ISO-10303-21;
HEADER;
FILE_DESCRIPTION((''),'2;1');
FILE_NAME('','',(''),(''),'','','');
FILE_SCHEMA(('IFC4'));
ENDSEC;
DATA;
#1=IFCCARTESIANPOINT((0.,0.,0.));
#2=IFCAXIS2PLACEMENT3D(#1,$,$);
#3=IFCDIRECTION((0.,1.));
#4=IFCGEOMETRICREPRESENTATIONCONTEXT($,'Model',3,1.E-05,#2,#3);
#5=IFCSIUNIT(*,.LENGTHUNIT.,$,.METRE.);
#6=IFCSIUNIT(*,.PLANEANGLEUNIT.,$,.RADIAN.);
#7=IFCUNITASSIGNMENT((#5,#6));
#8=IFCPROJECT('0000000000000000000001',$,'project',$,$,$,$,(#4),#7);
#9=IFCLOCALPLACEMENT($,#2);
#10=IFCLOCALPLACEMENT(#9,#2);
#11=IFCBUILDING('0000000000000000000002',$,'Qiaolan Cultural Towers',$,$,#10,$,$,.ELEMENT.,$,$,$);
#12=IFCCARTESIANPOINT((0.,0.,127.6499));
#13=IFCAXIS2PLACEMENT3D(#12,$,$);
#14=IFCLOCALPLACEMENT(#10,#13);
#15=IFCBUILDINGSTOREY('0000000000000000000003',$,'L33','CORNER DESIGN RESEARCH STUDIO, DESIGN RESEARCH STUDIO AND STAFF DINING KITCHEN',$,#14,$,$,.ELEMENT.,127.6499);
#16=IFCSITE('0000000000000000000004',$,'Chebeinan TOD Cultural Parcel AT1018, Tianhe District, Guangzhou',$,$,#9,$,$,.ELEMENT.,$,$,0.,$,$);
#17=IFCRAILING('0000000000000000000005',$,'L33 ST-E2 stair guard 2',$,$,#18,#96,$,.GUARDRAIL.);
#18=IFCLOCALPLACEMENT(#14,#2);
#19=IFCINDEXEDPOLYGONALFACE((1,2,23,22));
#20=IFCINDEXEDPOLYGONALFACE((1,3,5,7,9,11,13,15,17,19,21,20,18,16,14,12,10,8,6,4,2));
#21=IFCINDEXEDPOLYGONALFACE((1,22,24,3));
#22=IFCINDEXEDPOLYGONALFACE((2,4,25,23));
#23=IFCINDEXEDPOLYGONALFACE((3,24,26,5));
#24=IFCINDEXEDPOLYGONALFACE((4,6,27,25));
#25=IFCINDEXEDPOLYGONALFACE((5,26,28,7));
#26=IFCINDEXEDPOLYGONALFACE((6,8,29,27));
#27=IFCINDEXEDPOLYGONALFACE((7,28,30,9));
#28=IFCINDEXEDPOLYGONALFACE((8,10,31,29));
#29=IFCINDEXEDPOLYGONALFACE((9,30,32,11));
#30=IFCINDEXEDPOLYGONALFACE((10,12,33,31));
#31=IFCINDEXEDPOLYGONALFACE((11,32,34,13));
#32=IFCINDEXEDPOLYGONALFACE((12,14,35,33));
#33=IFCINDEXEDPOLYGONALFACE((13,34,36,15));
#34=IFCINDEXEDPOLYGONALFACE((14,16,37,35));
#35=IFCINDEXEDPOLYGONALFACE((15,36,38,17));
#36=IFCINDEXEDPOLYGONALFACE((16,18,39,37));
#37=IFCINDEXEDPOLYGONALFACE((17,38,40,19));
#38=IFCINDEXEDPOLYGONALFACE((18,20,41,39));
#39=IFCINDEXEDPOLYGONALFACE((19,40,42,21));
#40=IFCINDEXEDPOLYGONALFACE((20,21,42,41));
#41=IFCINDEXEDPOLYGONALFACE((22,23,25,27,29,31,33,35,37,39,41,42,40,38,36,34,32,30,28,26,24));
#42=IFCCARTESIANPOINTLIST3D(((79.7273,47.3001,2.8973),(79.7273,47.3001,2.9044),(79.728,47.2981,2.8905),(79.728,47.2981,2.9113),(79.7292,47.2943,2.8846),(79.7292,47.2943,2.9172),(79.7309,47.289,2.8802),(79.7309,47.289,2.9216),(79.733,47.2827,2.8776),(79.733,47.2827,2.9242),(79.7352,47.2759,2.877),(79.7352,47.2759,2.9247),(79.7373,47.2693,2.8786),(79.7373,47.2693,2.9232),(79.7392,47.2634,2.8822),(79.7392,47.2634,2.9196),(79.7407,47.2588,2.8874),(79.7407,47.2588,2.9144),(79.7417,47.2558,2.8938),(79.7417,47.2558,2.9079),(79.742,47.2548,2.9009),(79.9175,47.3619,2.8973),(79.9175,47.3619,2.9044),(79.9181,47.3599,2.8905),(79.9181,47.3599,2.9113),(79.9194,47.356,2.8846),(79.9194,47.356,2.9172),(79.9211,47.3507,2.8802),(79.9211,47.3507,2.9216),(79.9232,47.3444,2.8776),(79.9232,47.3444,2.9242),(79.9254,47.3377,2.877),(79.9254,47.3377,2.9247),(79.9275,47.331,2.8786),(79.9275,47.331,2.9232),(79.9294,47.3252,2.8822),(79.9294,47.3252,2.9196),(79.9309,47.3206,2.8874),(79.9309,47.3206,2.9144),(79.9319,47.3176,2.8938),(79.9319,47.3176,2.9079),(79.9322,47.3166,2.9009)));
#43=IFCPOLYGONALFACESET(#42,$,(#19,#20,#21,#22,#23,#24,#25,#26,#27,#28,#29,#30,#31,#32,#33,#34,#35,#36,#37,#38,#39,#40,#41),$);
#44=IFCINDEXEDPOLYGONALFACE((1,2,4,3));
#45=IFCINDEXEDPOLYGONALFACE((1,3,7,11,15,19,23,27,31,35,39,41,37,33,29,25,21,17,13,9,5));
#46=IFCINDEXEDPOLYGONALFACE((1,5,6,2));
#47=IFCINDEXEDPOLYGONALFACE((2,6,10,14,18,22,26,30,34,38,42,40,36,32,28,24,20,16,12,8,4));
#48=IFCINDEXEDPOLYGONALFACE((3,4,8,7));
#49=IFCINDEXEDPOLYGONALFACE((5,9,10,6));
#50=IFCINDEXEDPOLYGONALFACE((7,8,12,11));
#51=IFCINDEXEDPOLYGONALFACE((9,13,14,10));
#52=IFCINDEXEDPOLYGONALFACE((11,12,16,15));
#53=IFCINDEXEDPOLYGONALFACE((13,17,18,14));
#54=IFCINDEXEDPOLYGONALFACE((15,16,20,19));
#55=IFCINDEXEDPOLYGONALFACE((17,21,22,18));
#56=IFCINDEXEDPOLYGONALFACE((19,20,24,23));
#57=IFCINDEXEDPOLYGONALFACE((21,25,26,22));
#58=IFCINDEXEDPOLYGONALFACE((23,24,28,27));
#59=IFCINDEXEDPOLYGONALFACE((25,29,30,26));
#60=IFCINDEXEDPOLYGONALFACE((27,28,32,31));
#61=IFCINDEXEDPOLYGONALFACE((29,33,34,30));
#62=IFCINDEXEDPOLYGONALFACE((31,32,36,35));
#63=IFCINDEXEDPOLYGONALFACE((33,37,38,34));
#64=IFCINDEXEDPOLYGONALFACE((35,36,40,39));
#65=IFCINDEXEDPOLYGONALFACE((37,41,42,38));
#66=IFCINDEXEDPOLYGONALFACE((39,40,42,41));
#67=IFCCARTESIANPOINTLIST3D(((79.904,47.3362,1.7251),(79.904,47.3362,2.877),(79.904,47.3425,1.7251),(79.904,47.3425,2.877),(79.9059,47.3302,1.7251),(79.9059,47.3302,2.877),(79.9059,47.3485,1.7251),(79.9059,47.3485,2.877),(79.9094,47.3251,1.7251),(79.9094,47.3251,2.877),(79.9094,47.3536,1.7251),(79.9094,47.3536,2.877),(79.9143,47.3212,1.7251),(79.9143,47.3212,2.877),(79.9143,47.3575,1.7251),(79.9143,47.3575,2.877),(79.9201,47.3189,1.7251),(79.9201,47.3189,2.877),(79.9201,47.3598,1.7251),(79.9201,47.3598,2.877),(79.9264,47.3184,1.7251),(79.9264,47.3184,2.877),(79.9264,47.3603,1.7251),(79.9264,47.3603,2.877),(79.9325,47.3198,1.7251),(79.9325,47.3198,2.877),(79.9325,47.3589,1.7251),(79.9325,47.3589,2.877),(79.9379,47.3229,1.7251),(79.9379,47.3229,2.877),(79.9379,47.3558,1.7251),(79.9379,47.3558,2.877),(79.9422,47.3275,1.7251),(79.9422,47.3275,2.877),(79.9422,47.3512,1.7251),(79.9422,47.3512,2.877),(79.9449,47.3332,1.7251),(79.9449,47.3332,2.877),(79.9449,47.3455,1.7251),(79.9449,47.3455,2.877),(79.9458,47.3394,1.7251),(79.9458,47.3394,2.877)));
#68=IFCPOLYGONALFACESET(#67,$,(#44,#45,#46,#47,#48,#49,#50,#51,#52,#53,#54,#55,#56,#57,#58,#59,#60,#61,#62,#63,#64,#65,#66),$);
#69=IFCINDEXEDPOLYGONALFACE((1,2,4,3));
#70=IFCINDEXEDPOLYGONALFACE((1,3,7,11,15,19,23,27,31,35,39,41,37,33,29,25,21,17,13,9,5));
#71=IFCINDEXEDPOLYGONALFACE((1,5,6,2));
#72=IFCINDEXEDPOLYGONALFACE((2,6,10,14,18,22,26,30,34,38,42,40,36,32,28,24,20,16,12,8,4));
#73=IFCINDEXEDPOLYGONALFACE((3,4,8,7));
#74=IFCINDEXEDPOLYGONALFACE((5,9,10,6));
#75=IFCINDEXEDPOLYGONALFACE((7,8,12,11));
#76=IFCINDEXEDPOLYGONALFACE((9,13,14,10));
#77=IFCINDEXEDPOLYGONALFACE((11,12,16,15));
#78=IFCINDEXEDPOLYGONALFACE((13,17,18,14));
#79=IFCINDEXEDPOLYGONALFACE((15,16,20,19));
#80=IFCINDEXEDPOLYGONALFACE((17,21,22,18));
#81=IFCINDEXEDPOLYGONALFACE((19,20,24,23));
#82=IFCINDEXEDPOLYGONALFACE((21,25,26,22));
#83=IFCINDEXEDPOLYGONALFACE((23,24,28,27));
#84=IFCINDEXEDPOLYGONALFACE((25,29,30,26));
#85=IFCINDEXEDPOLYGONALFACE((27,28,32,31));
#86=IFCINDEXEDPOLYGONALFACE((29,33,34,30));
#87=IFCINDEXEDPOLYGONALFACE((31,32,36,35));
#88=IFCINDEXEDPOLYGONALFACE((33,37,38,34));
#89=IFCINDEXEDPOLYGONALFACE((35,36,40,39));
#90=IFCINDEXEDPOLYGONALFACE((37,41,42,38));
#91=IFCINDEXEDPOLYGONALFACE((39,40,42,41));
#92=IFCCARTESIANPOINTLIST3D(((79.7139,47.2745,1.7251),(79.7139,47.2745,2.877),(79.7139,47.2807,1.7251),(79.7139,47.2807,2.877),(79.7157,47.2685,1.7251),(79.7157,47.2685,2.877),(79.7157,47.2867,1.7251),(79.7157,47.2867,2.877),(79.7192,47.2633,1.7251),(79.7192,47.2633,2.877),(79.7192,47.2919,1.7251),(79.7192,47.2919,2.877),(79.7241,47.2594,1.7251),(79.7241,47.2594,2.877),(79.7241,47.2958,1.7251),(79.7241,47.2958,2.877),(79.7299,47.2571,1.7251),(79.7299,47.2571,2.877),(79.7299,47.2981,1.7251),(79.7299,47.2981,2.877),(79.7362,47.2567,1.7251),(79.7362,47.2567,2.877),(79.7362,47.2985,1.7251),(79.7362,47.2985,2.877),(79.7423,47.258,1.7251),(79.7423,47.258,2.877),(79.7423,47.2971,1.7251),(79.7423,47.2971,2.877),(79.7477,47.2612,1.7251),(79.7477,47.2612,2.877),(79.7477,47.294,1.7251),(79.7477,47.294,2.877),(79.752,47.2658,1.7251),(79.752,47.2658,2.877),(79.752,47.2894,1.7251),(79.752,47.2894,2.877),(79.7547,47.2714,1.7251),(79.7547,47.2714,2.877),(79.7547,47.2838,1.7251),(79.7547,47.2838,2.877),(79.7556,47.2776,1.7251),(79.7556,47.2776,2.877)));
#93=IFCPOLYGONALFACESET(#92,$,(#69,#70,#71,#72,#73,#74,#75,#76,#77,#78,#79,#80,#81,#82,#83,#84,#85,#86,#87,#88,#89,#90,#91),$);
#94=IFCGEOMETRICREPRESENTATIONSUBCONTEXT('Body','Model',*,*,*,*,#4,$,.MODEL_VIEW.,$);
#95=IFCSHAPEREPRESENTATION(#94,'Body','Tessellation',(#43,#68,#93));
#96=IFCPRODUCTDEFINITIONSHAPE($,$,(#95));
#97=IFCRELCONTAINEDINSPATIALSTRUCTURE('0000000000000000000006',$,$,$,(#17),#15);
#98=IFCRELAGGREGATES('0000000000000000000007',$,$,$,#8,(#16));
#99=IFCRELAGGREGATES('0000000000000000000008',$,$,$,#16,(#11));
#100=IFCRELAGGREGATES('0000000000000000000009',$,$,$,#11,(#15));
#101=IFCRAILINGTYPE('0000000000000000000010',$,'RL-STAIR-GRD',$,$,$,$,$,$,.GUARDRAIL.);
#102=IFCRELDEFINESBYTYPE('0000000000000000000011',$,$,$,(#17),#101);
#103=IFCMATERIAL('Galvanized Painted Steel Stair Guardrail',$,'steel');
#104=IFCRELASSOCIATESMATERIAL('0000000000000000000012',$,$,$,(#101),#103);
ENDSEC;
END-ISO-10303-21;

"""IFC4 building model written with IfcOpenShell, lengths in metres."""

from ifc_helpers import new_model, si_unit, direction, frame, origin, origin_2d, place, context, subcontext, project, spatial, circle, extrude, material, type_object, element, save


model = new_model("IFC4")

# Units and contexts
model_context = context("Model", 3, precision=1e-05, world=origin(), true_north=direction((0.0, 1.0)))
body_context = subcontext(model_context, "Body", "Model", "MODEL_VIEW")
ifc_project = project(units=[si_unit("LENGTHUNIT", "METRE"), si_unit("PLANEANGLEUNIT", "RADIAN")], contexts=[model_context])

# Site, building, storey
site_placement = place(None, origin())
site = spatial("IfcSite", under=ifc_project, at=site_placement, Name="Chebeinan TOD Cultural Parcel AT1018, Tianhe District, Guangzhou", CompositionType="ELEMENT", RefElevation=0.0)
building_placement = place(site_placement, origin())
building = spatial("IfcBuilding", under=site, at=building_placement, Name="Qiaolan Cultural Towers", CompositionType="ELEMENT")
storey_placement = place(building_placement, frame((0.0, 0.0, 127.6499)))
storey = spatial("IfcBuildingStorey", under=building, at=storey_placement, Name="L33", Description="CORNER DESIGN RESEARCH STUDIO, DESIGN RESEARCH STUDIO AND STAFF DINING KITCHEN", CompositionType="ELEMENT", Elevation=127.6499)

# Railing
ifc_material_1 = material(Name="Galvanized Painted Steel Stair Guardrail", Category="steel")
railing_type_1 = type_object("IfcRailingType", Name="RL-STAIR-GRD", PredefinedType="GUARDRAIL", material=ifc_material_1)
railing_1_placement = place(storey_placement, frame((79.9248, 47.3394, 1.7251)))
element("IfcRailing", 1, at=railing_1_placement, inside=storey, type_object=railing_type_1, Name="L33 ST-E2 stair guard 2", PredefinedType="GUARDRAIL", context=body_context, shape_type="SweptSolid", body=[
    extrude(circle(Radius=0.0239, at=origin_2d()), frame((0.0, 0.0, 1.1758), z_axis=(-0.951097, -0.308893, 0.0), x_axis=(0.308893, -0.951097, 0.0)), (0.0, 0.0, 1.0), 0.2),
    extrude(circle(Radius=0.021, at=origin_2d()), origin(), (0.0, 0.0, 1.0), 1.1519),
    extrude(circle(Radius=0.021, at=origin_2d()), frame((-0.1902, -0.0618, 0.0)), (0.0, 0.0, 1.0), 1.1519),
])

save(model, "model.ifc")
